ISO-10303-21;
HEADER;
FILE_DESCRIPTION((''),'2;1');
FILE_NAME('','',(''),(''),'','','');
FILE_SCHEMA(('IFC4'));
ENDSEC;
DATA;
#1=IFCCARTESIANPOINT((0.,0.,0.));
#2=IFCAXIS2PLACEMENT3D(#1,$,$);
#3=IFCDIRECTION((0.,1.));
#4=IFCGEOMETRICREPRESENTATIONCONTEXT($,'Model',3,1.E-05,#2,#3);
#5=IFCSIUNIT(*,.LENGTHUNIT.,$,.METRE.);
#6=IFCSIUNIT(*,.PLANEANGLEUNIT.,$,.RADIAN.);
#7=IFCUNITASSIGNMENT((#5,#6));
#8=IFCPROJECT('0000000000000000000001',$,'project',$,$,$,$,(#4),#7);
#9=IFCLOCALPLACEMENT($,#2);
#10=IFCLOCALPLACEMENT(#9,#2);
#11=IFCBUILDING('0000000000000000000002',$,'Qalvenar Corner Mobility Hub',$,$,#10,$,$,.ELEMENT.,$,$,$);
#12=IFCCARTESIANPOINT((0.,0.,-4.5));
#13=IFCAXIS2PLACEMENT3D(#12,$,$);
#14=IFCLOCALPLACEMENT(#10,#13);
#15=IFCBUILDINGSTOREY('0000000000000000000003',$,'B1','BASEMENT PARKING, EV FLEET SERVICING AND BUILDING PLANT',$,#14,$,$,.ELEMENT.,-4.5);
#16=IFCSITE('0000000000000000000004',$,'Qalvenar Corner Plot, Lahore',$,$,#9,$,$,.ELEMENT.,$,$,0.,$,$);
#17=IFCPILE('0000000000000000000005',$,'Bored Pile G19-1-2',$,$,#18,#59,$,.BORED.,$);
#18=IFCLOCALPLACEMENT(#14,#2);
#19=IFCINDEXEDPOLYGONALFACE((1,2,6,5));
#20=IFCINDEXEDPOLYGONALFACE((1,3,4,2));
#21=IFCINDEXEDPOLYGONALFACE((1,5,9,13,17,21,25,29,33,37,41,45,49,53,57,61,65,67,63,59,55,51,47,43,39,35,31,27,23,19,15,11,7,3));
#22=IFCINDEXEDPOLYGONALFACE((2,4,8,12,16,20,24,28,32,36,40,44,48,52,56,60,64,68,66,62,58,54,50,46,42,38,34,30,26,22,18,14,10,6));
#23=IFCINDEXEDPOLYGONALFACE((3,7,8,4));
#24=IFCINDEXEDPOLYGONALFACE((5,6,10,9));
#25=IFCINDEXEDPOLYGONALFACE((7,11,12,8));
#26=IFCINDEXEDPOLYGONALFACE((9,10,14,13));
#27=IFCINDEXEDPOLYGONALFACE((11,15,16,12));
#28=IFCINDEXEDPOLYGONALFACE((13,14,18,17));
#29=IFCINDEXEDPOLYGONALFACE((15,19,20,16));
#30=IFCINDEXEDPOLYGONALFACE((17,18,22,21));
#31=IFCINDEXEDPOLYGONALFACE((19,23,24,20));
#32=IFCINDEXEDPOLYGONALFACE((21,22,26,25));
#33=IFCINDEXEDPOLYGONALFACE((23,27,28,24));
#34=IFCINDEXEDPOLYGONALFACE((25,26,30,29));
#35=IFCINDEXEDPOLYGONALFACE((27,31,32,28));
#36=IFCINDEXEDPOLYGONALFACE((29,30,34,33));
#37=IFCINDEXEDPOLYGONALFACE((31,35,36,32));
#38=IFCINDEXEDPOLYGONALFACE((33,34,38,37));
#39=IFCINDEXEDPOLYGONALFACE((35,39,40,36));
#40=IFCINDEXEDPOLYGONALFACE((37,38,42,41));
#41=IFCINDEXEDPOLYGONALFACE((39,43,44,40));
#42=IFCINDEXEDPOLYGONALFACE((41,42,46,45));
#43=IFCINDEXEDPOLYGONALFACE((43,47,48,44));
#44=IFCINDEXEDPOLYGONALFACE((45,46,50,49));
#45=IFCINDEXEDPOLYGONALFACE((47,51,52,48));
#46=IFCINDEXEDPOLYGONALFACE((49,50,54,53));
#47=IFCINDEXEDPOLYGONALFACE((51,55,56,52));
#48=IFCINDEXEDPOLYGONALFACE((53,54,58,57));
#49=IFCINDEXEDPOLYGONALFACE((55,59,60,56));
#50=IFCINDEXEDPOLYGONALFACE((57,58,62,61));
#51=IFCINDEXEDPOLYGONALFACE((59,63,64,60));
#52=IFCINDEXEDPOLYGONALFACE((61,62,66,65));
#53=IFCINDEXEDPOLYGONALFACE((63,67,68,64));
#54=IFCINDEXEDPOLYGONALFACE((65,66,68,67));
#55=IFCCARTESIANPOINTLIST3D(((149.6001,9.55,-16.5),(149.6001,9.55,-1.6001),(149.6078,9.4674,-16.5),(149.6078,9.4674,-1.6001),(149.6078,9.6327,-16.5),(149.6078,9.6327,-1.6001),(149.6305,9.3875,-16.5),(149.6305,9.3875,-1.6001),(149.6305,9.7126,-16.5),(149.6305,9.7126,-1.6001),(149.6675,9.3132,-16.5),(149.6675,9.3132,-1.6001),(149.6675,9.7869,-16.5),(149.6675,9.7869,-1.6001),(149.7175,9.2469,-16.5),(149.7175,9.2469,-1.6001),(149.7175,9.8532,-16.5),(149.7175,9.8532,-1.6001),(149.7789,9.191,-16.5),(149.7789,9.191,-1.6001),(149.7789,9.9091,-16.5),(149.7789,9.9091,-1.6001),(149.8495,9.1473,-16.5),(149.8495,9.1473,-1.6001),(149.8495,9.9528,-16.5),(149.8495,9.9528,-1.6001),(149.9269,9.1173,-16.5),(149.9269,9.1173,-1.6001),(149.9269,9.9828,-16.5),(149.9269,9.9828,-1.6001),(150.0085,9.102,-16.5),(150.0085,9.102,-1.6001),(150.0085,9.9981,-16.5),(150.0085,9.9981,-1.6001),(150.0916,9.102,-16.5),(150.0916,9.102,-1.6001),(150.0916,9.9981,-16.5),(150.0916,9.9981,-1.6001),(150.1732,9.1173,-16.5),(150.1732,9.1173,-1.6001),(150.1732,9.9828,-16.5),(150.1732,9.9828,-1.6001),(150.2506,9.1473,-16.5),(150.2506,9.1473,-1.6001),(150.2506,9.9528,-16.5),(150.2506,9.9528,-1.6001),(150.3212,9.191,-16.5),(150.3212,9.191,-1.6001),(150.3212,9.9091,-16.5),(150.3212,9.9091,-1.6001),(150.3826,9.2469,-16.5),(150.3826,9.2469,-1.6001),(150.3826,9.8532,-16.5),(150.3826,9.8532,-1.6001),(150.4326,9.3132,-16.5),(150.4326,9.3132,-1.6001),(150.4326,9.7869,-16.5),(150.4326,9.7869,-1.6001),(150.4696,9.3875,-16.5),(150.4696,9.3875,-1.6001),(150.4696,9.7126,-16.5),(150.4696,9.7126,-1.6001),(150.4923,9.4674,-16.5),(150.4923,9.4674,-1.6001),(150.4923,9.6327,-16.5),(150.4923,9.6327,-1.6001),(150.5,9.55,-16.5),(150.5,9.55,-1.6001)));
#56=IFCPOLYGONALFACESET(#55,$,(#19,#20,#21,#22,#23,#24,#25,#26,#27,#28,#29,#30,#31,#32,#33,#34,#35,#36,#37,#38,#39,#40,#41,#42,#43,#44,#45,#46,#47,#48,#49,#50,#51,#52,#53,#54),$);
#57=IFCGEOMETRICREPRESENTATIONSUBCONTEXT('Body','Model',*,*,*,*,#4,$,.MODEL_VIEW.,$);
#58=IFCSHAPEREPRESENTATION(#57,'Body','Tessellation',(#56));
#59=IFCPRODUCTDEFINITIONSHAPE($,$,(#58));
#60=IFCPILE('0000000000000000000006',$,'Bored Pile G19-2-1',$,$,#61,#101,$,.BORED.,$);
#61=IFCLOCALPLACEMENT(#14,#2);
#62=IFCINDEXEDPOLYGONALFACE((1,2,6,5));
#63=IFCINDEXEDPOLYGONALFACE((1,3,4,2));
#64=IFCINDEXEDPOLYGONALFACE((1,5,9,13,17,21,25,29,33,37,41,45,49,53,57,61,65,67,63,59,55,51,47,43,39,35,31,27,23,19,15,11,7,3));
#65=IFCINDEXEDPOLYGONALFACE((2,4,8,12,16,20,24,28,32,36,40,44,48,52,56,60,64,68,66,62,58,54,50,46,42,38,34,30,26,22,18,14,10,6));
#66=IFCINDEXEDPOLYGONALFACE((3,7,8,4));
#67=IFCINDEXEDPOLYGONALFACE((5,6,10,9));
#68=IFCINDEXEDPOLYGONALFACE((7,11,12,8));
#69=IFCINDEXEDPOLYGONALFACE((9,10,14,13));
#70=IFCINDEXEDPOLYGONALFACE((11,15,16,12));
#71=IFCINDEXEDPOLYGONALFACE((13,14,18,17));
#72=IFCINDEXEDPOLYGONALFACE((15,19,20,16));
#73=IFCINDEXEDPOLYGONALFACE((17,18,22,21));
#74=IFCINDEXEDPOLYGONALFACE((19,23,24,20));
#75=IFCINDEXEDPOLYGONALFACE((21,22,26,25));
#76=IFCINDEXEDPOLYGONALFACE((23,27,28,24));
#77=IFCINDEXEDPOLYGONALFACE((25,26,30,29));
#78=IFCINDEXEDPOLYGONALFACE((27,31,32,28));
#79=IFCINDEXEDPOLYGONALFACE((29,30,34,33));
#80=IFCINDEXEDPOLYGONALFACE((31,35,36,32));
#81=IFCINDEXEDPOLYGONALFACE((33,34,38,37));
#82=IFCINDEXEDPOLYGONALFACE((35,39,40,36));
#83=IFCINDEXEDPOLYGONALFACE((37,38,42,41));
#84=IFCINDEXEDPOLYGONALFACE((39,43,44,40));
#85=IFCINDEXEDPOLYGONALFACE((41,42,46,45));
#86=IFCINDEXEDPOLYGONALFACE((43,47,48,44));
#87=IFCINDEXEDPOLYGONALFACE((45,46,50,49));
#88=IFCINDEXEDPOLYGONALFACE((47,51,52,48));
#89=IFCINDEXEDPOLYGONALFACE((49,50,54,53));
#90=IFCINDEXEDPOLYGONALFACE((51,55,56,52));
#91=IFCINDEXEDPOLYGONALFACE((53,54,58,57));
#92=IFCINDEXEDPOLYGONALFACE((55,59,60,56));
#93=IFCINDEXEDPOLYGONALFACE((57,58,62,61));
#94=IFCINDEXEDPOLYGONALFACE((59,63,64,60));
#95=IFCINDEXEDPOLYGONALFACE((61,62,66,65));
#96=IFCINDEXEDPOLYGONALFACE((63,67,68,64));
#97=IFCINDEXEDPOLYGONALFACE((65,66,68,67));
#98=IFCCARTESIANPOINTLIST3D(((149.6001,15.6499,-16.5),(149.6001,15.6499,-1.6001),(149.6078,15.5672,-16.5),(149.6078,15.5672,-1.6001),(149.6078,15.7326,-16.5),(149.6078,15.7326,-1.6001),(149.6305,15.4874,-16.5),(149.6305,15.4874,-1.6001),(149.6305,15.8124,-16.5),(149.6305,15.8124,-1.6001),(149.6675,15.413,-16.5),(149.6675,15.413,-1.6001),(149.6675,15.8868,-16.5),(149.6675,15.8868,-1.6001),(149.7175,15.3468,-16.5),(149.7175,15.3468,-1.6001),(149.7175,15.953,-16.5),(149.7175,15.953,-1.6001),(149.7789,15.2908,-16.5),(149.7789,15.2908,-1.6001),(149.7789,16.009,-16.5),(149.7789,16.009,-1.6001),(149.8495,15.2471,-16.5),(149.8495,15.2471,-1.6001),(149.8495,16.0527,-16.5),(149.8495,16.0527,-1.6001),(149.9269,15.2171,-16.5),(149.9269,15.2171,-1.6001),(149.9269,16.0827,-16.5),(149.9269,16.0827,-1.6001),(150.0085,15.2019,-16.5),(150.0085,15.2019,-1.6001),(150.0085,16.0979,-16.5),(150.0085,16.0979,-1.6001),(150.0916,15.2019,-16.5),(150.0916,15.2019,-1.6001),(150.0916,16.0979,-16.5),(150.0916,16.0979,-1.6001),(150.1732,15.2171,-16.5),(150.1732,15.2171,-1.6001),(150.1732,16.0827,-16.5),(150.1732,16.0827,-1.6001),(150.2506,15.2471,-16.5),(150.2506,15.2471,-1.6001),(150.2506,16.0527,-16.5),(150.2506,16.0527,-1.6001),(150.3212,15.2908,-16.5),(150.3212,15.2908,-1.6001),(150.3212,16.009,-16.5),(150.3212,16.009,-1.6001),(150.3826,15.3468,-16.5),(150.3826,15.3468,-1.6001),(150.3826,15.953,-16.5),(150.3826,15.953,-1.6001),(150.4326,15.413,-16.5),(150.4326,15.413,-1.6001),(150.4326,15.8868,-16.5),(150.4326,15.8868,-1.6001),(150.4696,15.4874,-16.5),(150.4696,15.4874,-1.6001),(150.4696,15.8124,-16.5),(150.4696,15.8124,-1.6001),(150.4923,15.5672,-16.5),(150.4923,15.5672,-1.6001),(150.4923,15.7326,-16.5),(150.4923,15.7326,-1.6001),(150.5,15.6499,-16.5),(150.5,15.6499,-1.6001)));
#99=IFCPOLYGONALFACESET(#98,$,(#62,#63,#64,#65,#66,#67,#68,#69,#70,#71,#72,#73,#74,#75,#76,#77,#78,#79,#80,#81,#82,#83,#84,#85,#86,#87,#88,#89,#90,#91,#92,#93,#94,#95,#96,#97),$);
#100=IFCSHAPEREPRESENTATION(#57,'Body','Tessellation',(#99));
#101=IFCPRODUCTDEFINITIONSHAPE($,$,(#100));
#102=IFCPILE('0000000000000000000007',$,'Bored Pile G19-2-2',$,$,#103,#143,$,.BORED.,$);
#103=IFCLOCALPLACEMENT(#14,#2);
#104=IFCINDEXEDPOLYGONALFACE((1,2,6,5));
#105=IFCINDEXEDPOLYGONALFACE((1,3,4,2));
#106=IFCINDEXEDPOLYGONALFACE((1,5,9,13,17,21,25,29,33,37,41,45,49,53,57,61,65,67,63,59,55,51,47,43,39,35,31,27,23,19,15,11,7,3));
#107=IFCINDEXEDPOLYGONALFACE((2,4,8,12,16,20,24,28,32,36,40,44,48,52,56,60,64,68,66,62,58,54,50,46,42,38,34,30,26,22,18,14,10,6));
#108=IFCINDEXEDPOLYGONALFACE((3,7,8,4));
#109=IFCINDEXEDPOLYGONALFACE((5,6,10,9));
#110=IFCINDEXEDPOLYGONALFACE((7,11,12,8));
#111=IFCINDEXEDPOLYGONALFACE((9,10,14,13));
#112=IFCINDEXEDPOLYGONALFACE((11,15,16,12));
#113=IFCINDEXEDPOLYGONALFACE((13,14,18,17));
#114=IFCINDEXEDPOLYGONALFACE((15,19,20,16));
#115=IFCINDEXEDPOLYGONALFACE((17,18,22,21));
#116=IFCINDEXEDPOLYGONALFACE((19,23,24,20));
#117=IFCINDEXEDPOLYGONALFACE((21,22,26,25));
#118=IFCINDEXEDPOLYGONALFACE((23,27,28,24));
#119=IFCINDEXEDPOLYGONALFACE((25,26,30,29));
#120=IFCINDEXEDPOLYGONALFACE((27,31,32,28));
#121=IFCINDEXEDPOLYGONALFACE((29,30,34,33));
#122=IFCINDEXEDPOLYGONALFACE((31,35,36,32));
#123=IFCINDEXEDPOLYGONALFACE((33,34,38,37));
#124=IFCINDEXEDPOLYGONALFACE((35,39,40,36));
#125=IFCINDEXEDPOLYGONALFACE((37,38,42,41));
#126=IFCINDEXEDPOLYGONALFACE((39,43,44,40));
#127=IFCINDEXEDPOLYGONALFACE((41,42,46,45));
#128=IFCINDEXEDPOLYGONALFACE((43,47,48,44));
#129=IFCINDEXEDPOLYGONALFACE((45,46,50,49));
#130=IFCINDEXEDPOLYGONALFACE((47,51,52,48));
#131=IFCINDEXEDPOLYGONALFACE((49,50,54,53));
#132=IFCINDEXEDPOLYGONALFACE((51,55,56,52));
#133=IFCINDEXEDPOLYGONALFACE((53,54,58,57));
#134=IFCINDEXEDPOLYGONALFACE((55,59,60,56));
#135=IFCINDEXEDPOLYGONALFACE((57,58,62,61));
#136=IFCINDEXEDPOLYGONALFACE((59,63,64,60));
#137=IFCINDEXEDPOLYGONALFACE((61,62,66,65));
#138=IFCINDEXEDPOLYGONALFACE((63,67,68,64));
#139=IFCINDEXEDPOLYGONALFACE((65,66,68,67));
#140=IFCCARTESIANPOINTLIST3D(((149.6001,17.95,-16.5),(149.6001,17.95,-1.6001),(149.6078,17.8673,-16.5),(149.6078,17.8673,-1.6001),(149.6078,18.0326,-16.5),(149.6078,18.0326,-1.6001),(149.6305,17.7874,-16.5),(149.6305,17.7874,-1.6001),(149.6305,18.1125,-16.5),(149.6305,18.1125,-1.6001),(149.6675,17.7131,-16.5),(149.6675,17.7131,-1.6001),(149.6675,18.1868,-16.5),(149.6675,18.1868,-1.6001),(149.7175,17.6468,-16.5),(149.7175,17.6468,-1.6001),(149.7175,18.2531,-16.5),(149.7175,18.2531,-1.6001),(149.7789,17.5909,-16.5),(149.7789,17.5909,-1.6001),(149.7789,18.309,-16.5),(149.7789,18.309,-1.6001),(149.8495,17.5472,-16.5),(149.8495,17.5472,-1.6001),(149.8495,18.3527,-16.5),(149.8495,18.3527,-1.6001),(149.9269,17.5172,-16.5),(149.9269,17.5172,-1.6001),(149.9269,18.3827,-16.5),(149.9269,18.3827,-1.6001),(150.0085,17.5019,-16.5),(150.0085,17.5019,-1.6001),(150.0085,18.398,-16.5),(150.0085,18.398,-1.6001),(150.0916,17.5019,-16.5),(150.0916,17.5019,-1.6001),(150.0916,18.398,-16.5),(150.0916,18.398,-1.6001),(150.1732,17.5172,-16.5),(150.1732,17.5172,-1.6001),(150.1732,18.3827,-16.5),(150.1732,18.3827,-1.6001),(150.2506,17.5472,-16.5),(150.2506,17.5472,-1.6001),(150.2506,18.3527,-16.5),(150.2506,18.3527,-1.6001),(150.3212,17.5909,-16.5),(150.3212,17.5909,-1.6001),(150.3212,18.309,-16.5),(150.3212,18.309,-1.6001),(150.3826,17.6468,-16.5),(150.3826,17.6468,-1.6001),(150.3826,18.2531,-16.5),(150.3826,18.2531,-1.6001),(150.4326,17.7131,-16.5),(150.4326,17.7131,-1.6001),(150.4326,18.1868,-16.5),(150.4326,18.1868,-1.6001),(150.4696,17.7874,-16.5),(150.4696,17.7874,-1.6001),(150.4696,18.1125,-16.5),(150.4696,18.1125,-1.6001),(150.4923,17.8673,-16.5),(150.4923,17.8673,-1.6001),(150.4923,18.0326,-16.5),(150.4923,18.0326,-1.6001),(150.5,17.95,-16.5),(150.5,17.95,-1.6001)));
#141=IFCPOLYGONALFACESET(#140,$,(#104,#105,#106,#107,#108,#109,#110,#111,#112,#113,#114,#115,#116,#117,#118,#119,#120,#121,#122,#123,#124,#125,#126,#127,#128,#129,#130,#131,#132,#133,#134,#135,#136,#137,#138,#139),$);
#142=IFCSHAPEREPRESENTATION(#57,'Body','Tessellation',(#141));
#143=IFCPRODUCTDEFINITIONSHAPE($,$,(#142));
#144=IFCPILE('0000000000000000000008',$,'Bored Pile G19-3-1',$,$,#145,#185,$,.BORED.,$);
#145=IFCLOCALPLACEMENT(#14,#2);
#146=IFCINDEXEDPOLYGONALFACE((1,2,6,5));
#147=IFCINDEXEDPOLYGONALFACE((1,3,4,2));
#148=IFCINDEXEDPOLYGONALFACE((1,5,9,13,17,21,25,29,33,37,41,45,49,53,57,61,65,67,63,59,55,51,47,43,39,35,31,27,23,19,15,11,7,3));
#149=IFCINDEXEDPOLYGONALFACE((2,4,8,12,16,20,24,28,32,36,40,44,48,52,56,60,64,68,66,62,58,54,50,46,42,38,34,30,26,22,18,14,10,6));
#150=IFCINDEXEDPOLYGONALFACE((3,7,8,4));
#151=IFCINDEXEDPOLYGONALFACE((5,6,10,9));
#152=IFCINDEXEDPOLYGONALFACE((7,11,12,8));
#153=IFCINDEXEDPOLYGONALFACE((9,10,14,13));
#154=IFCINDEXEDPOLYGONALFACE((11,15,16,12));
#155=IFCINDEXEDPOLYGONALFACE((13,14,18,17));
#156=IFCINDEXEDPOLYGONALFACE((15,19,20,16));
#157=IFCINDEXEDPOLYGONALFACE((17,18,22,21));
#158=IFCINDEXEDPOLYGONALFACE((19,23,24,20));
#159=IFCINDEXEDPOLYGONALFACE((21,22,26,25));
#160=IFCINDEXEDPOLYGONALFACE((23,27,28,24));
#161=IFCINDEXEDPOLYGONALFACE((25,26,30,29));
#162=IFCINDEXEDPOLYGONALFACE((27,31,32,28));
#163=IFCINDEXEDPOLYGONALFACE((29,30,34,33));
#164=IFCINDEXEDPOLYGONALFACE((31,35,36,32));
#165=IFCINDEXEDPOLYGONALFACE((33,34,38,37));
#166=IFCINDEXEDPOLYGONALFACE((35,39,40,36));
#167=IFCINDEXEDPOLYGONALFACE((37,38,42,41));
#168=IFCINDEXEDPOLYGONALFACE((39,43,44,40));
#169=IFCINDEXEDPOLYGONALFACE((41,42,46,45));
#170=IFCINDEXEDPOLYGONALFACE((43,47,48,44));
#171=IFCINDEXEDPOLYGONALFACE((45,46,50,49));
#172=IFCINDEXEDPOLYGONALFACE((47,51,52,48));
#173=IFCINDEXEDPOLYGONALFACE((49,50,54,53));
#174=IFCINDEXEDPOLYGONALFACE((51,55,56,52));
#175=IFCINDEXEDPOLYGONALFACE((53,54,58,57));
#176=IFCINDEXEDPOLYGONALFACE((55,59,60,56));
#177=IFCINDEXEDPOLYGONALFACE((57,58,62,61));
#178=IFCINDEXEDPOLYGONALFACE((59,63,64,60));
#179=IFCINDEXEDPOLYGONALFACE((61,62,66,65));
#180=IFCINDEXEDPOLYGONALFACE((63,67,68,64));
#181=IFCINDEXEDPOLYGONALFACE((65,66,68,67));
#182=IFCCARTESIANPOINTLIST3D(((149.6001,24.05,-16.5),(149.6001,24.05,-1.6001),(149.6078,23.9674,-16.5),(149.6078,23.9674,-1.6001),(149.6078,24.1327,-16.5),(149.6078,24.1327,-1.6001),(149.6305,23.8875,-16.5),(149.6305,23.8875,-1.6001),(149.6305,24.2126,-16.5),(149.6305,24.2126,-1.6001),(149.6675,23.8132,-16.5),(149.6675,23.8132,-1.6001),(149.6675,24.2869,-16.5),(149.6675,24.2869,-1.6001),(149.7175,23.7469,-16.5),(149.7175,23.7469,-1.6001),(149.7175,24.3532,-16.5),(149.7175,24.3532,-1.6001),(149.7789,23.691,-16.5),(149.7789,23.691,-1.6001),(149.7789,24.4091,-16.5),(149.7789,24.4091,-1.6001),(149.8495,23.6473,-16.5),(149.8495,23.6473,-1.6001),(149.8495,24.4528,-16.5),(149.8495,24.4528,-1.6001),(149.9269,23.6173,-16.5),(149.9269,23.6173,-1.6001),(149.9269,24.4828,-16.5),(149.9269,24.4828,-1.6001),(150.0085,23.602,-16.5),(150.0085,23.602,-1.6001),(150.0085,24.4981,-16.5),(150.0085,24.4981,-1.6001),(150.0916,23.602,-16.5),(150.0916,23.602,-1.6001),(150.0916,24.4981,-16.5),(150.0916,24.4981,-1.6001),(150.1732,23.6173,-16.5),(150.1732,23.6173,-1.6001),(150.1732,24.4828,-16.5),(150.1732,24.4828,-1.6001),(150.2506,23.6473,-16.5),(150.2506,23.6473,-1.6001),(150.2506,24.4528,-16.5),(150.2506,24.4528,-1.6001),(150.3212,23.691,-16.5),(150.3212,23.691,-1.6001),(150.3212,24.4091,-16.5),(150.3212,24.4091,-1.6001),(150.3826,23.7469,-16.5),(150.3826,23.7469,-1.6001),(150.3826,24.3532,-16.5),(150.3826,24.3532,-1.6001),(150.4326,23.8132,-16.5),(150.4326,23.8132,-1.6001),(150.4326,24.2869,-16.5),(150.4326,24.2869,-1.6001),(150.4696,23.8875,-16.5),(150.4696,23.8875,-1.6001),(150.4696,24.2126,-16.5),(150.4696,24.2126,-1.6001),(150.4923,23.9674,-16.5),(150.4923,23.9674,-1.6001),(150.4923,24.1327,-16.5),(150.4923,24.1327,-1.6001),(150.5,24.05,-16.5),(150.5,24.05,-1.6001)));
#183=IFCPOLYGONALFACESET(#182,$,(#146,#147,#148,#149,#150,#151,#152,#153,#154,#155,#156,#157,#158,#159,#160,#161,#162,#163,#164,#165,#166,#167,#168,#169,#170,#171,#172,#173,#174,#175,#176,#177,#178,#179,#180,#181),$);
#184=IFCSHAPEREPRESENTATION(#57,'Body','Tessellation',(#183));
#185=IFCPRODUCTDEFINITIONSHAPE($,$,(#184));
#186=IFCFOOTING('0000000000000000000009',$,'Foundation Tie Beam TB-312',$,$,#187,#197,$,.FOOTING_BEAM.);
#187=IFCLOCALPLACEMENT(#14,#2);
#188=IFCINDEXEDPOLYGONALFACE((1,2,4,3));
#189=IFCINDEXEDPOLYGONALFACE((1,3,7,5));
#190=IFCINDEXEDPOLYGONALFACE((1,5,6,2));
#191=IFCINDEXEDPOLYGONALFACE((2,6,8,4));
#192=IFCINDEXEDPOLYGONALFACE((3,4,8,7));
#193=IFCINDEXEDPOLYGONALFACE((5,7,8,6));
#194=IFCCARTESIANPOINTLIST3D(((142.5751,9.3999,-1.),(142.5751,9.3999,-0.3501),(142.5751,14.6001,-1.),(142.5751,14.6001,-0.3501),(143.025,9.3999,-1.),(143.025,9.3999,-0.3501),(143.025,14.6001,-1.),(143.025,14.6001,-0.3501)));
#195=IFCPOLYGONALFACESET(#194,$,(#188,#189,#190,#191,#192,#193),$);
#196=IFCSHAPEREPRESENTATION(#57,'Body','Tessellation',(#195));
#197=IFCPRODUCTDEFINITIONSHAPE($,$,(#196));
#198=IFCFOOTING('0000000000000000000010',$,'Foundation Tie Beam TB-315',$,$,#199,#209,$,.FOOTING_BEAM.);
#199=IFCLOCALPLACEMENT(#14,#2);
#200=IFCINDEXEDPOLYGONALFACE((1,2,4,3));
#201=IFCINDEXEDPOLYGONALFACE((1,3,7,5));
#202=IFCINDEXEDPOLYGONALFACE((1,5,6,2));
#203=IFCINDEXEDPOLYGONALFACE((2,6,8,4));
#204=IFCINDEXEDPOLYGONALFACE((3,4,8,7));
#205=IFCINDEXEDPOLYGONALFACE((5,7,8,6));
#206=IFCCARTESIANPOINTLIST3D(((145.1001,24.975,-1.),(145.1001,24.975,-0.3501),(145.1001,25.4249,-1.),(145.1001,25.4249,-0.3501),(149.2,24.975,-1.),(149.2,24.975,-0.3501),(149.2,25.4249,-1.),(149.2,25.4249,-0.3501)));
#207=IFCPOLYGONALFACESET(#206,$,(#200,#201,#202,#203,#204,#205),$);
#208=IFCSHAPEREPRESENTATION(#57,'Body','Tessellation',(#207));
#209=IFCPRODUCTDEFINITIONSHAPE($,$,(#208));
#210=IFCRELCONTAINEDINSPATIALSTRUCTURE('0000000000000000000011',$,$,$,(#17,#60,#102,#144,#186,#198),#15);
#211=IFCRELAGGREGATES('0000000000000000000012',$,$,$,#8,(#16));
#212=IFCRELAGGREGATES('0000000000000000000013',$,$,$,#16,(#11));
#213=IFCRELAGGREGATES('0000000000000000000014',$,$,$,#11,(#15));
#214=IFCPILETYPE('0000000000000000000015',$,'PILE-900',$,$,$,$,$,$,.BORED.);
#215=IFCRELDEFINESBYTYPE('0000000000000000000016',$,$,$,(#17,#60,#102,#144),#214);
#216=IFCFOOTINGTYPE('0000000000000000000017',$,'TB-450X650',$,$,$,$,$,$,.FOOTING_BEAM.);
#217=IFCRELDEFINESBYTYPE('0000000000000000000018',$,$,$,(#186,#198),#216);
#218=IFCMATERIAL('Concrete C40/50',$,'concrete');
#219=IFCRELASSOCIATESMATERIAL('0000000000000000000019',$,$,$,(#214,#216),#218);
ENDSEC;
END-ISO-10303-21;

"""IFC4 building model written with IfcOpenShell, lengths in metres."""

from ifc_helpers import new_model, si_unit, direction, frame, origin, origin_2d, place, context, subcontext, project, spatial, rectangle, circle, extrude, material, material_profile, profile_set, type_object, element, save


model = new_model("IFC4")

# Units and contexts
model_context = context("Model", 3, precision=1e-05, world=origin(), true_north=direction((0.0, 1.0)))
body_context = subcontext(model_context, "Body", "Model", "MODEL_VIEW")
ifc_project = project(units=[si_unit("LENGTHUNIT", "METRE"), si_unit("PLANEANGLEUNIT", "RADIAN")], contexts=[model_context])

# Site, building, storey
site_placement = place(None, origin())
site = spatial("IfcSite", under=ifc_project, at=site_placement, Name="Qalvenar Corner Plot, Lahore", CompositionType="ELEMENT", RefElevation=0.0)
building_placement = place(site_placement, origin())
building = spatial("IfcBuilding", under=site, at=building_placement, Name="Qalvenar Corner Mobility Hub", CompositionType="ELEMENT")
storey_placement = place(building_placement, frame((0.0, 0.0, -4.5)))
storey = spatial("IfcBuildingStorey", under=building, at=storey_placement, Name="B1", Description="BASEMENT PARKING, EV FLEET SERVICING AND BUILDING PLANT", CompositionType="ELEMENT", Elevation=-4.5)

# Shared definitions
ifc_material_1 = material(Name="Concrete C40/50", Category="concrete")

# Piles
ifc_material_profile_1 = material_profile(ifc_material_1, circle(Radius=0.45, at=origin_2d()), Name="DIA900")
ifc_profile_set_1 = profile_set([ifc_material_profile_1], Name="Concrete C40/50")
pile_type_1 = type_object("IfcPileType", Name="PILE-900", PredefinedType="BORED", material=ifc_profile_set_1)
for number, where, z_axis, x_axis, name in (
    (1, (150.05, 9.55, -1.6001), (0.0, 0.0, -1.0), (1.0, 0.0, 0.0), "Bored Pile G19-1-2"),
    (2, (150.05, 15.6499, -1.6001), (0.0, 0.0, -1.0), (1.0, 0.0, 0.0), "Bored Pile G19-2-1"),
    (3, (150.05, 17.95, -1.6001), (0.0, 0.0, -1.0), (1.0, 0.0, 0.0), "Bored Pile G19-2-2"),
    (4, (150.05, 24.05, -1.6001), (0.0, 0.0, -1.0), (1.0, 0.0, 0.0), "Bored Pile G19-3-1"),
):
    element("IfcPile", number, at=place(storey_placement, frame(where, z_axis=z_axis, x_axis=x_axis)), inside=storey, type_object=pile_type_1, Name=name, PredefinedType="BORED", context=body_context, shape_type="SweptSolid", body=[
        extrude(circle(Radius=0.45, at=origin_2d()), origin(), (0.0, 0.0, 1.0), 14.8999),
    ])

# Footings
ifc_material_profile_2 = material_profile(ifc_material_1, rectangle(XDim=0.45, YDim=0.6499, at=origin_2d()), Name="RC450x650")
ifc_profile_set_2 = profile_set([ifc_material_profile_2], Name="Concrete C40/50")
footing_type_1 = type_object("IfcFootingType", Name="TB-450X650", PredefinedType="FOOTING_BEAM", material=ifc_profile_set_2)
footing_1_placement = place(storey_placement, frame((142.8, 9.3999, -0.675), z_axis=(0.0, 1.0, 0.0), x_axis=(-1.0, 0.0, 0.0)))
element("IfcFooting", 5, at=footing_1_placement, inside=storey, type_object=footing_type_1, Name="Foundation Tie Beam TB-312", PredefinedType="FOOTING_BEAM", context=body_context, shape_type="SweptSolid", body=[
    extrude(rectangle(XDim=0.45, YDim=0.6499, at=origin_2d()), origin(), (0.0, 0.0, 1.0), 5.2002),
])
footing_2_placement = place(storey_placement, frame((145.1001, 25.2, -0.675), z_axis=(1.0, 0.0, 0.0), x_axis=(0.0, 1.0, 0.0)))
element("IfcFooting", 6, at=footing_2_placement, inside=storey, type_object=footing_type_1, Name="Foundation Tie Beam TB-315", PredefinedType="FOOTING_BEAM", context=body_context, shape_type="SweptSolid", body=[
    extrude(rectangle(XDim=0.45, YDim=0.6499, at=origin_2d()), origin(), (0.0, 0.0, 1.0), 4.0999),
])

save(model, "model.ifc")
